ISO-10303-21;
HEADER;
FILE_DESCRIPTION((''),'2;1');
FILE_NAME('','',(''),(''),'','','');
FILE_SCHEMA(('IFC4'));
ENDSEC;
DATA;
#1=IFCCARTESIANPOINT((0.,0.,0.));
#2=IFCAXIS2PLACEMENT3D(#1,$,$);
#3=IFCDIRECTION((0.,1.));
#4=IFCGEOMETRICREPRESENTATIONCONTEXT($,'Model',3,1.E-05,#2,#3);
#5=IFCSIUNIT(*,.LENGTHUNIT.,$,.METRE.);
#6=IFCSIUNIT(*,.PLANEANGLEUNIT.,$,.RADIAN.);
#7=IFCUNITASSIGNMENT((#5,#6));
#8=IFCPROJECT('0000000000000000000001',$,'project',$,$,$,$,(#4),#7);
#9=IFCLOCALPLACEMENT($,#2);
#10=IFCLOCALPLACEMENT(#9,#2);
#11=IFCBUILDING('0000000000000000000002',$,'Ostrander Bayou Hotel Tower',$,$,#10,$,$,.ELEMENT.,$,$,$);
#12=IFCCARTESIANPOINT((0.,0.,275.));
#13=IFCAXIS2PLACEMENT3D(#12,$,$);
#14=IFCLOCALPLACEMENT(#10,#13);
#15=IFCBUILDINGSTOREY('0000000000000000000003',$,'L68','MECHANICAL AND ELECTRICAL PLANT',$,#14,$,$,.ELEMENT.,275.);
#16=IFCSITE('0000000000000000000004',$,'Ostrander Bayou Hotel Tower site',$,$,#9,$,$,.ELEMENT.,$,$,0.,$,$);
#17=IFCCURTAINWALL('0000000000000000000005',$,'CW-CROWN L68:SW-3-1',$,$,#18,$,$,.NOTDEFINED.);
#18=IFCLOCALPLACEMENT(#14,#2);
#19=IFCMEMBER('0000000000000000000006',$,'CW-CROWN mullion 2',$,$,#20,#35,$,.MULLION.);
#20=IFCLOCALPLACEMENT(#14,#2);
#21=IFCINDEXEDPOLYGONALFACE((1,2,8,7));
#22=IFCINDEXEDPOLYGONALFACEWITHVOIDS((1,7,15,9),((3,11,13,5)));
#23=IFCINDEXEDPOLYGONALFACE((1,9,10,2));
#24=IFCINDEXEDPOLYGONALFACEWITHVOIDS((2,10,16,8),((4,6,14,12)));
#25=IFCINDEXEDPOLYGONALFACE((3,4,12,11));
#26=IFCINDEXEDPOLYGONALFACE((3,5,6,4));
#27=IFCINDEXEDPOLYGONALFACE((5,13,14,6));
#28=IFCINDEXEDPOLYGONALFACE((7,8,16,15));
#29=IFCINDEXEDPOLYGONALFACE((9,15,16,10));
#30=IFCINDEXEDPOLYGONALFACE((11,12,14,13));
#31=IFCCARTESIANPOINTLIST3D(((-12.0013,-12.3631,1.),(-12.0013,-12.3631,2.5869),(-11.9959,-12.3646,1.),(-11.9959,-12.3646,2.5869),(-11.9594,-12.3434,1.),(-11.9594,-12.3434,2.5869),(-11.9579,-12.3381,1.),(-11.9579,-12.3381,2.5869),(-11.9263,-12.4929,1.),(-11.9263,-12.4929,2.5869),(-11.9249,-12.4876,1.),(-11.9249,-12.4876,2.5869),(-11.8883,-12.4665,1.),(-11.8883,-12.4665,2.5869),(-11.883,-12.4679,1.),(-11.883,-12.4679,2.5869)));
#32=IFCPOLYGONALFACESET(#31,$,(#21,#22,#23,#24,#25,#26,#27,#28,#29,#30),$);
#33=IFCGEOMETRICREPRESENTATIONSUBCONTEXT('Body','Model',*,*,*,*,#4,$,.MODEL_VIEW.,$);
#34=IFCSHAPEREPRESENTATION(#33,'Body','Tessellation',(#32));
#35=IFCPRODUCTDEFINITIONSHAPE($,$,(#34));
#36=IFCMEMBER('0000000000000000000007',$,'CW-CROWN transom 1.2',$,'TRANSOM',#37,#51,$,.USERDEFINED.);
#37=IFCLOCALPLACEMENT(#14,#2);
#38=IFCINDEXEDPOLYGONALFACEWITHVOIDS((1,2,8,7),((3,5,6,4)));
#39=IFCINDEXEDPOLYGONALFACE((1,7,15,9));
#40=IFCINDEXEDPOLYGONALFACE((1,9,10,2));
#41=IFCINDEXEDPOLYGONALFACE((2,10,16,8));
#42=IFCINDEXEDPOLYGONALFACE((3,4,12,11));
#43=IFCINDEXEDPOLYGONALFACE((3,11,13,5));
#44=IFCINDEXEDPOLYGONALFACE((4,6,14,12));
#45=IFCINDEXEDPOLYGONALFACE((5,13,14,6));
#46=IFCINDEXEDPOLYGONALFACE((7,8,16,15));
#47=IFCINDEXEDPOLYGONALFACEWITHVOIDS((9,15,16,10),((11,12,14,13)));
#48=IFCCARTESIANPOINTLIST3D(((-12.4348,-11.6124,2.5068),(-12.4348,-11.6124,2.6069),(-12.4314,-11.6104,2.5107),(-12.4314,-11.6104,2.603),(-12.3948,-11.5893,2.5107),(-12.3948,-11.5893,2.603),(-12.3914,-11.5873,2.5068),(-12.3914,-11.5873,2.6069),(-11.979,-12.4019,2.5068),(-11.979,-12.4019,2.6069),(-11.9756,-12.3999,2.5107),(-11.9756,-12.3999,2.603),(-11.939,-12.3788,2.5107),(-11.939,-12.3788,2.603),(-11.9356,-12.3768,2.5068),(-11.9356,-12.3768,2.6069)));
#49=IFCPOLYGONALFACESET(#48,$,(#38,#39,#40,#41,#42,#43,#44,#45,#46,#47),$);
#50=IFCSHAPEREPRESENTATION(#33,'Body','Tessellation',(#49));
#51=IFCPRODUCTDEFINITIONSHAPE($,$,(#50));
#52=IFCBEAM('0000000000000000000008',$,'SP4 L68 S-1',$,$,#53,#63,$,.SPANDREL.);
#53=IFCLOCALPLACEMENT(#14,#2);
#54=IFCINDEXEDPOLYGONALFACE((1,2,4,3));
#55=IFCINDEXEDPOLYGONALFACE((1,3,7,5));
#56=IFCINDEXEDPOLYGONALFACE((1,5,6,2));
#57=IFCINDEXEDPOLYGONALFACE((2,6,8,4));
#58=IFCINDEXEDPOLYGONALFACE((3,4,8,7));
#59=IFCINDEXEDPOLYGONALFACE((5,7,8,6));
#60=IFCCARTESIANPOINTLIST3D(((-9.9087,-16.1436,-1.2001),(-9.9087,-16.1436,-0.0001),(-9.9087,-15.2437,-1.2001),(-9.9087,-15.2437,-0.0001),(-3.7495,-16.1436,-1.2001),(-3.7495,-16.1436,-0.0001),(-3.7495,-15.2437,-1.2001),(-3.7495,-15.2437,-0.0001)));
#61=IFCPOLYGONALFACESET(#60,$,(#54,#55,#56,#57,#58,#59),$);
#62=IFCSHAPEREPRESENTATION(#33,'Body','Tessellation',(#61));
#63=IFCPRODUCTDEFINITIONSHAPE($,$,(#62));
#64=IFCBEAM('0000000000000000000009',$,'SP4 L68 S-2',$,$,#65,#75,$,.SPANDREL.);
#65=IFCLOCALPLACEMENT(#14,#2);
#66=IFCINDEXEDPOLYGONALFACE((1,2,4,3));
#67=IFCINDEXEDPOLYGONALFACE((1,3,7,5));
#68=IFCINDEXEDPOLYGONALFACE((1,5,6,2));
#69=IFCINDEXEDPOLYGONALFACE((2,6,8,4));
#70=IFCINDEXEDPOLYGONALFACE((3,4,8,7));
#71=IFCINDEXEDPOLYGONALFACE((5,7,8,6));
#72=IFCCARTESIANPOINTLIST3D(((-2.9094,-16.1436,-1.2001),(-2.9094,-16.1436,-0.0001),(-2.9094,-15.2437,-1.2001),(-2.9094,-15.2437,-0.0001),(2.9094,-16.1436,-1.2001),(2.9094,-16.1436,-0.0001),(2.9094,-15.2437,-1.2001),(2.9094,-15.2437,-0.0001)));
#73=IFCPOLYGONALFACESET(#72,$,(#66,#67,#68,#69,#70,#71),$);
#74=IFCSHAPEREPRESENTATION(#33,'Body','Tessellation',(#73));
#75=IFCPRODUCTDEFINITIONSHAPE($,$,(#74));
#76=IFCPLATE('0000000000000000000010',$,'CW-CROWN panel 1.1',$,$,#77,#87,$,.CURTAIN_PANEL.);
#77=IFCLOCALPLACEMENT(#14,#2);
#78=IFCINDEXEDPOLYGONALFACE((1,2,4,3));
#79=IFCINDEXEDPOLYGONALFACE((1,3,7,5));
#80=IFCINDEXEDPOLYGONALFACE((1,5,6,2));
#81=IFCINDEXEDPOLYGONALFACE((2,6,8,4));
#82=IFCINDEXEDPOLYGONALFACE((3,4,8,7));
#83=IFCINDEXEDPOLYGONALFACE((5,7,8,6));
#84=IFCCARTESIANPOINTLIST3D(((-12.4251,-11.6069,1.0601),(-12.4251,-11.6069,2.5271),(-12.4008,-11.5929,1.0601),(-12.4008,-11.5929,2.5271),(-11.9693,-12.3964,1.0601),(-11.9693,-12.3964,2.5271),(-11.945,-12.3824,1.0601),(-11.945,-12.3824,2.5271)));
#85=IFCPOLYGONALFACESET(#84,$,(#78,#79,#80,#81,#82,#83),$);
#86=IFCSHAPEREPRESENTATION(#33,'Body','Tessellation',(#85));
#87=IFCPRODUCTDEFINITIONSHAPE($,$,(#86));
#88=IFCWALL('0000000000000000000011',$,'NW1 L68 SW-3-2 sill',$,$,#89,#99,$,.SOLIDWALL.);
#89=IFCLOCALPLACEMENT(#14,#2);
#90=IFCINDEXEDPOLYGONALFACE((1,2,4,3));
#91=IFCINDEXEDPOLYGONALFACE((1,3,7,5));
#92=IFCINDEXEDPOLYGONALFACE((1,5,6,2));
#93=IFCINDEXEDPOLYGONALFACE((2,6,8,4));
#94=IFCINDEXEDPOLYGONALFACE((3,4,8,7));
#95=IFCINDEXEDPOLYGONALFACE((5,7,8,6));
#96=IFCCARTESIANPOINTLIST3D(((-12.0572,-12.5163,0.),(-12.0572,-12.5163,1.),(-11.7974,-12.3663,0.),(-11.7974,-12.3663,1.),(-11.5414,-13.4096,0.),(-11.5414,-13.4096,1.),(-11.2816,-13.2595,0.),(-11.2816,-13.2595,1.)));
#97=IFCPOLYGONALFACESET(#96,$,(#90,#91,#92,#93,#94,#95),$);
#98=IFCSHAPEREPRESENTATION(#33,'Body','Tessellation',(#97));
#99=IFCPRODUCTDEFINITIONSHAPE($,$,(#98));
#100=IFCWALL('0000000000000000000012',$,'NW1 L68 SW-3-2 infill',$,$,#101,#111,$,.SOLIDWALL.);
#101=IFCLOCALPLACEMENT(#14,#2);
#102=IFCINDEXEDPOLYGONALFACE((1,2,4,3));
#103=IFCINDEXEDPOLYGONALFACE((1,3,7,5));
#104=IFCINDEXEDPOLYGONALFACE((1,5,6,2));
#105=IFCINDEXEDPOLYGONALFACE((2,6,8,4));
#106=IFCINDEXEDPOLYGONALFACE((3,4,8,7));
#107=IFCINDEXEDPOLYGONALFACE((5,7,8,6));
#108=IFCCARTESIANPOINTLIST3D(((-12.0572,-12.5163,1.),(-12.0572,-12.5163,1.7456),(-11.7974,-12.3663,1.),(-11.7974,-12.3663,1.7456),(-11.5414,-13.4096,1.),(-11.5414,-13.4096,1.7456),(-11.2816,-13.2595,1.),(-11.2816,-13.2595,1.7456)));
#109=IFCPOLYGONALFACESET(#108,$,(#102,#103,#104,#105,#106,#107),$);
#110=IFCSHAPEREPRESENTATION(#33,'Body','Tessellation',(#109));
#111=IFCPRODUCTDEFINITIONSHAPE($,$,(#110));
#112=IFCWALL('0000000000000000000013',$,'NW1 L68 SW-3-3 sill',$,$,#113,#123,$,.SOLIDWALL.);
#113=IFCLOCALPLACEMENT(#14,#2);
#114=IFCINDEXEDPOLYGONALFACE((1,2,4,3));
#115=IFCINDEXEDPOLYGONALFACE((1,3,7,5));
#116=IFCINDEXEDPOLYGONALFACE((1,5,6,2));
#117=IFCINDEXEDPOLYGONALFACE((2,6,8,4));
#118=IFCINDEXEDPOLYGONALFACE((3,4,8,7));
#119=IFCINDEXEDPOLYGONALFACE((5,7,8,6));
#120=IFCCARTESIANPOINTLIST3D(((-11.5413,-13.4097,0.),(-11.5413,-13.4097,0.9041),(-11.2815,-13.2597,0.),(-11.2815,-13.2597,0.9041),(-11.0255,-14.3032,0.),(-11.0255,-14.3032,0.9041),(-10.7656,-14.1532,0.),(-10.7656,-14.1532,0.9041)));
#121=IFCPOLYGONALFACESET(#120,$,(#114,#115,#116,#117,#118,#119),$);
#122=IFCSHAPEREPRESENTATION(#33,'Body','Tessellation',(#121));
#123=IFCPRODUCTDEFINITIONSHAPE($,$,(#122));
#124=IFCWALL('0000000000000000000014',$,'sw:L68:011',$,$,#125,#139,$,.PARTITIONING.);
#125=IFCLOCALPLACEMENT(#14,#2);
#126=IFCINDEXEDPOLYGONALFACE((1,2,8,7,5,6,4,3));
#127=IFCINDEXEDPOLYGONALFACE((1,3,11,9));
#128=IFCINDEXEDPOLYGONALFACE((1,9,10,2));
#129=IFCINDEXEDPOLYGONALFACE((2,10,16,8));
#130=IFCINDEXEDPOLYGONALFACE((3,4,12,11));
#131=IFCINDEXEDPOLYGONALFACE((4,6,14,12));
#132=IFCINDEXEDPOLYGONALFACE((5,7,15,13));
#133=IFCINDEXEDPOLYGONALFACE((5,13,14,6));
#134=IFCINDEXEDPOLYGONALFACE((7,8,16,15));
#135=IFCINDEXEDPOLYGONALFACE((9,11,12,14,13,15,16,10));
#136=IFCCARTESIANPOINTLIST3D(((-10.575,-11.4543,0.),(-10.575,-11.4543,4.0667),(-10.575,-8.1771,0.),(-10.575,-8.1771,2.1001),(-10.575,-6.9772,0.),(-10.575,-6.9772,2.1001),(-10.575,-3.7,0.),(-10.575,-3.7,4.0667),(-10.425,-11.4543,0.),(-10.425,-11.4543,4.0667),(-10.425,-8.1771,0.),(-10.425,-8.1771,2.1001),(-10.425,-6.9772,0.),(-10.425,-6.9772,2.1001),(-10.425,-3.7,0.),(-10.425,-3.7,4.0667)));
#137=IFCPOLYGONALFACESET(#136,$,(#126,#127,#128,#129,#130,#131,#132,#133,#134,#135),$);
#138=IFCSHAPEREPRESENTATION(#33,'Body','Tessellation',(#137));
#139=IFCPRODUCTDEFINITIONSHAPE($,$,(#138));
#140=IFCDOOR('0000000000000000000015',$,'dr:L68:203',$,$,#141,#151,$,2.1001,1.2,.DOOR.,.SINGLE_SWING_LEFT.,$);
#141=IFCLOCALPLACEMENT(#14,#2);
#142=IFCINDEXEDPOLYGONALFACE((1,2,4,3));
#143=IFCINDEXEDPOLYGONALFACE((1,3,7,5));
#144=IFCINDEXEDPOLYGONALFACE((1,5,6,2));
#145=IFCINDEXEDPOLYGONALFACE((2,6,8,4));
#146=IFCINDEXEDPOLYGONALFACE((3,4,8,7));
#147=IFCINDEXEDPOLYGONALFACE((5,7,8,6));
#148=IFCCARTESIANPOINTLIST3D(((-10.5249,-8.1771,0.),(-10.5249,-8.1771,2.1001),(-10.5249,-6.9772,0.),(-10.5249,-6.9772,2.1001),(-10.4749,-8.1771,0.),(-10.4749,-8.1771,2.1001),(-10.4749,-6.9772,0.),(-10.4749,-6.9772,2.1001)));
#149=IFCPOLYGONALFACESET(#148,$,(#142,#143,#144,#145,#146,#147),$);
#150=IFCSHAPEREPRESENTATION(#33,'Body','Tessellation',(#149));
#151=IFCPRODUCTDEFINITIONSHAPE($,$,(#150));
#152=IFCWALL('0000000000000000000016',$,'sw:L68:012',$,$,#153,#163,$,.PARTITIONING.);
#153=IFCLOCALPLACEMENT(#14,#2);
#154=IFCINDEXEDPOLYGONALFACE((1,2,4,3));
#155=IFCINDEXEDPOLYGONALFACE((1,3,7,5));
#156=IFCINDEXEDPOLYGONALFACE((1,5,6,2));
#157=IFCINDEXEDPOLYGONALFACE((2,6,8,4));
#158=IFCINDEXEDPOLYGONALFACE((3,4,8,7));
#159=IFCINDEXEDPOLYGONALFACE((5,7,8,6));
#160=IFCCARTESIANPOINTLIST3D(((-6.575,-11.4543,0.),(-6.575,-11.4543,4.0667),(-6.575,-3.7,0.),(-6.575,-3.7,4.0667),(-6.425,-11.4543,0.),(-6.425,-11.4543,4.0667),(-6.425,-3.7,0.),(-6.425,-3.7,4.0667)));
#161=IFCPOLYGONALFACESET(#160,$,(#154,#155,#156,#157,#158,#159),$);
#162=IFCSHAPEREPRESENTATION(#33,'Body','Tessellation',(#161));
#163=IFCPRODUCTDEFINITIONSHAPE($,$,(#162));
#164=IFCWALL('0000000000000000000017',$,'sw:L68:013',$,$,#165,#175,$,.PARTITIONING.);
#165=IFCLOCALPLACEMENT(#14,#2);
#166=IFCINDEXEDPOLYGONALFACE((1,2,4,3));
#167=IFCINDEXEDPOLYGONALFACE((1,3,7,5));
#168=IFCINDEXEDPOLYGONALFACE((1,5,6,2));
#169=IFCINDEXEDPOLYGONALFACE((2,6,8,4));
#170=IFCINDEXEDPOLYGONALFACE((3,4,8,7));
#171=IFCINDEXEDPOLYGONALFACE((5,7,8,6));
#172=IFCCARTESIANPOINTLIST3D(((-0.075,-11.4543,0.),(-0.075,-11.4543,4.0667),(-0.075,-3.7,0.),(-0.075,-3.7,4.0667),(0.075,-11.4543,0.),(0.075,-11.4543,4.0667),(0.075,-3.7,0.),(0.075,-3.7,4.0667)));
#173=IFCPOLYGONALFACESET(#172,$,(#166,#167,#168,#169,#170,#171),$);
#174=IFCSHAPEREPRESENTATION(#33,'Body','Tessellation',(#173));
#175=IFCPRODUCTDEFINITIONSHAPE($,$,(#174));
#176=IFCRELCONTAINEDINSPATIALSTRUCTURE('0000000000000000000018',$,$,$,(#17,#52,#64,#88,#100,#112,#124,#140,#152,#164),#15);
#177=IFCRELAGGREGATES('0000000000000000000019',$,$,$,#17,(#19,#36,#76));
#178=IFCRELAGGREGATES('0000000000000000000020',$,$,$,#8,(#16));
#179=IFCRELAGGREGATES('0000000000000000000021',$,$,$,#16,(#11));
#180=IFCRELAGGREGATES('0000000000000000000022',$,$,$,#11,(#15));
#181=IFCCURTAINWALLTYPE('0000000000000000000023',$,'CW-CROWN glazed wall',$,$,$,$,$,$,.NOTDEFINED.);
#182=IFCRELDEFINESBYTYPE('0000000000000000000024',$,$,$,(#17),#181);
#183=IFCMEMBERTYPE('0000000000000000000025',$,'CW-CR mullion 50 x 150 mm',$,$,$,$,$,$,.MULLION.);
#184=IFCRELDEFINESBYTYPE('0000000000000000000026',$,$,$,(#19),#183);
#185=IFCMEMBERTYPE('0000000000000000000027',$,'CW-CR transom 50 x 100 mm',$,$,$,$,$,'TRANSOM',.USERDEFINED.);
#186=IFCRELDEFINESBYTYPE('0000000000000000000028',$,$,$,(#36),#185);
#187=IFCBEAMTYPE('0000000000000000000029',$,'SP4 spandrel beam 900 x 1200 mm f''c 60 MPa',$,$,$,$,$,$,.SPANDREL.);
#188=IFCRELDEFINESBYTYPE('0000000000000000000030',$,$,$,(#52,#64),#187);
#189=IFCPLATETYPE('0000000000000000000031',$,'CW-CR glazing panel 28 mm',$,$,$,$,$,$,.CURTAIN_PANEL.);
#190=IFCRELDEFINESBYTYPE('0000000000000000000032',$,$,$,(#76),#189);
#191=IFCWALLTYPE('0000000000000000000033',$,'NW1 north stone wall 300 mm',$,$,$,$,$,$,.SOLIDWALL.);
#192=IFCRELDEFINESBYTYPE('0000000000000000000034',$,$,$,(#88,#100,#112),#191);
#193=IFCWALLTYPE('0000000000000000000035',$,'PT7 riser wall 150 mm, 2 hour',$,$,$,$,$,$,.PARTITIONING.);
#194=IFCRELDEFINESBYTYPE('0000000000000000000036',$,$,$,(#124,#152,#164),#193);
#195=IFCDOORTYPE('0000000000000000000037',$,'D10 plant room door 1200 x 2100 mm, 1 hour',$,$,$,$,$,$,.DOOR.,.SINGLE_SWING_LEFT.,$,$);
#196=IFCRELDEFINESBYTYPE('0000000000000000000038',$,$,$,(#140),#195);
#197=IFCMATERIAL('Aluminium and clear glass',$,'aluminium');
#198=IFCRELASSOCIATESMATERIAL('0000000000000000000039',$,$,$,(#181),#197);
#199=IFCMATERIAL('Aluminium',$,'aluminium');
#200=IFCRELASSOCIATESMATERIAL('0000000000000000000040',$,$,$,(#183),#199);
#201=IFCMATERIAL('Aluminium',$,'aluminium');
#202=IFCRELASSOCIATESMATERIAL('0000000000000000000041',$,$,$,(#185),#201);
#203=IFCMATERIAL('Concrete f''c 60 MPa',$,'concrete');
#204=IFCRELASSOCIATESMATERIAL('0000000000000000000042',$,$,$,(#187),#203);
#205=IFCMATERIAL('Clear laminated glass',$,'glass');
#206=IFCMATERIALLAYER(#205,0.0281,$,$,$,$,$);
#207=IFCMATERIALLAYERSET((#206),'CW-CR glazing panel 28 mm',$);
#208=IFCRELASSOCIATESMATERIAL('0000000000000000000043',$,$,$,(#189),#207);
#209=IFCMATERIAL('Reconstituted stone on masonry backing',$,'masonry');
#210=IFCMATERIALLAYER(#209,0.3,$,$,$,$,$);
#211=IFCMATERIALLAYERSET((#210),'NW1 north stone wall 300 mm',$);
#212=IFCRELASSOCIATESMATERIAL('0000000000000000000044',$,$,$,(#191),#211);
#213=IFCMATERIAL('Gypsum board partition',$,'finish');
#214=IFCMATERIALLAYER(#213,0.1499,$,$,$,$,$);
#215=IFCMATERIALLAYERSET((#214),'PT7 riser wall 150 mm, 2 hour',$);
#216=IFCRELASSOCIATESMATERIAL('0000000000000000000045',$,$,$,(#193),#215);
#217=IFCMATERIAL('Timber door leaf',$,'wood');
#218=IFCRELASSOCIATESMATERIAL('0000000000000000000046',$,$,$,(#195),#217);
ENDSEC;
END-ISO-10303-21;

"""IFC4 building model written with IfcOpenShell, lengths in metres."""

from ifc_helpers import new_model, si_unit, direction, frame, frame_2d, origin, origin_2d, place, context, subcontext, project, spatial, rectangle, hollow_rectangle, extrude, material, layer, layer_set, material_profile, profile_set, type_object, element, fill, aggregate, save


model = new_model("IFC4")

# Units and contexts
model_context = context("Model", 3, precision=1e-05, world=origin(), true_north=direction((0.0, 1.0)))
body_context = subcontext(model_context, "Body", "Model", "MODEL_VIEW")
ifc_project = project(units=[si_unit("LENGTHUNIT", "METRE"), si_unit("PLANEANGLEUNIT", "RADIAN")], contexts=[model_context])

# Site, building, storey
site_placement = place(None, origin())
site = spatial("IfcSite", under=ifc_project, at=site_placement, Name="Ostrander Bayou Hotel Tower site", CompositionType="ELEMENT", RefElevation=0.0)
building_placement = place(site_placement, origin())
building = spatial("IfcBuilding", under=site, at=building_placement, Name="Ostrander Bayou Hotel Tower", CompositionType="ELEMENT")
storey_placement = place(building_placement, frame((0.0, 0.0, 275.0)))
storey = spatial("IfcBuildingStorey", under=building, at=storey_placement, Name="L68", Description="MECHANICAL AND ELECTRICAL PLANT", CompositionType="ELEMENT", Elevation=275.0)

# Curtain wall, members
ifc_material_1 = material(Name="Aluminium and clear glass", Category="aluminium")
curtain_wall_type = type_object("IfcCurtainWallType", Name="CW-CROWN glazed wall", PredefinedType="NOTDEFINED", material=ifc_material_1)
curtain_wall_placement = place(storey_placement, origin())
curtain_wall = element("IfcCurtainWall", 1, at=curtain_wall_placement, inside=storey, type_object=curtain_wall_type, Name="CW-CROWN L68:SW-3-1", PredefinedType="NOTDEFINED")
ifc_material_2 = material(Name="Aluminium", Category="aluminium")
ifc_material_profile_1 = material_profile(ifc_material_2, hollow_rectangle(XDim=0.05, YDim=0.1499, WallThickness=0.0039, at=origin_2d()))
ifc_profile_set_1 = profile_set([ifc_material_profile_1], Name="Aluminium")
member_type_1 = type_object("IfcMemberType", Name="CW-CR mullion 50 x 150 mm", PredefinedType="MULLION", material=ifc_profile_set_1)
member_1_placement = place(storey_placement, frame((-11.9421, -12.4155, 1.0), z_axis=(0.0, 0.0, 1.0), x_axis=(0.866027, 0.499997, 0.0)))
member_1 = element("IfcMember", 2, at=member_1_placement, type_object=member_type_1, Name="CW-CROWN mullion 2", PredefinedType="MULLION", context=body_context, shape_type="SweptSolid", body=[
    extrude(hollow_rectangle(XDim=0.05, YDim=0.1499, WallThickness=0.0039, at=origin_2d()), origin(), (0.0, 0.0, 1.0), 1.5869),
])
ifc_material_3 = material(Name="Aluminium", Category="aluminium")
ifc_material_profile_2 = material_profile(ifc_material_3, hollow_rectangle(XDim=0.05, YDim=0.1001, WallThickness=0.0039, at=origin_2d()))
ifc_profile_set_2 = profile_set([ifc_material_profile_2], Name="Aluminium")
member_type_2 = type_object("IfcMemberType", Name="CW-CR transom 50 x 100 mm", ElementType="TRANSOM", PredefinedType="USERDEFINED", material=ifc_profile_set_2)
member_2_placement = place(storey_placement, frame((-12.4131, -11.5999, 2.5569), z_axis=(0.49997, -0.866043, 0.0), x_axis=(0.866043, 0.49997, 0.0)))
member_2 = element("IfcMember", 3, at=member_2_placement, type_object=member_type_2, Name="CW-CROWN transom 1.2", ObjectType="TRANSOM", PredefinedType="USERDEFINED", context=body_context, shape_type="SweptSolid", body=[
    extrude(hollow_rectangle(XDim=0.05, YDim=0.1001, WallThickness=0.0039, at=origin_2d()), origin(), (0.0, 0.0, 1.0), 0.9116),
])

# Beams
ifc_material_4 = material(Name="Concrete f'c 60 MPa", Category="concrete")
ifc_material_profile_3 = material_profile(ifc_material_4, rectangle(XDim=0.8999, YDim=1.2, at=origin_2d()))
ifc_profile_set_3 = profile_set([ifc_material_profile_3], Name="Concrete f'c 60 MPa")
beam_type = type_object("IfcBeamType", Name="SP4 spandrel beam 900 x 1200 mm f'c 60 MPa", PredefinedType="SPANDREL", material=ifc_profile_set_3)
beam_1_placement = place(storey_placement, frame((-9.9087, -15.6936, -0.6001), z_axis=(1.0, 0.0, 0.0), x_axis=(0.0, 1.0, 0.0)))
element("IfcBeam", 4, at=beam_1_placement, inside=storey, type_object=beam_type, Name="SP4 L68 S-1", PredefinedType="SPANDREL", context=body_context, shape_type="SweptSolid", body=[
    extrude(rectangle(XDim=0.8999, YDim=1.2, at=origin_2d()), origin(), (0.0, 0.0, 1.0), 6.1592),
])
beam_2_placement = place(storey_placement, frame((-2.9094, -15.6936, -0.6001), z_axis=(1.0, 0.0, 0.0), x_axis=(0.0, 1.0, 0.0)))
element("IfcBeam", 5, at=beam_2_placement, inside=storey, type_object=beam_type, Name="SP4 L68 S-2", PredefinedType="SPANDREL", context=body_context, shape_type="SweptSolid", body=[
    extrude(rectangle(XDim=0.8999, YDim=1.2, at=origin_2d()), origin(), (0.0, 0.0, 1.0), 5.8188),
])

# Plate
ifc_material_5 = material(Name="Clear laminated glass", Category="glass")
ifc_layer_1 = layer(ifc_material_5, 0.0281)
ifc_layer_set_1 = layer_set([ifc_layer_1], Name="CW-CR glazing panel 28 mm")
plate_type = type_object("IfcPlateType", Name="CW-CR glazing panel 28 mm", PredefinedType="CURTAIN_PANEL", material=ifc_layer_set_1)
plate_placement = place(storey_placement, frame((-12.1851, -11.9946, 1.0601), z_axis=(0.0, 0.0, 1.0), x_axis=(0.499997, -0.866027, 0.0)))
plate = element("IfcPlate", 6, at=plate_placement, type_object=plate_type, Name="CW-CROWN panel 1.1", PredefinedType="CURTAIN_PANEL", context=body_context, shape_type="SweptSolid", body=[
    extrude(rectangle(XDim=0.9116, YDim=0.0281, at=origin_2d()), origin(), (0.0, 0.0, 1.0), 1.467),
])
aggregate(curtain_wall, [member_1, member_2, plate])

# Walls
ifc_material_6 = material(Name="Reconstituted stone on masonry backing", Category="masonry")
ifc_layer_2 = layer(ifc_material_6, 0.3)
ifc_layer_set_2 = layer_set([ifc_layer_2], Name="NW1 north stone wall 300 mm")
wall_type_1 = type_object("IfcWallType", Name="NW1 north stone wall 300 mm", PredefinedType="SOLIDWALL", material=ifc_layer_set_2)
wall_1_placement = place(storey_placement, frame((-11.9272, -12.4414, 0.0), z_axis=(0.0, 0.0, 1.0), x_axis=(0.500084, -0.865977, 0.0)))
element("IfcWall", 7, at=wall_1_placement, inside=storey, type_object=wall_type_1, Name="NW1 L68 SW-3-2 sill", PredefinedType="SOLIDWALL", context=body_context, shape_type="SweptSolid", body=[
    extrude(rectangle(XDim=1.0315, YDim=0.3, at=frame_2d((0.5156, 0.0))), origin(), (0.0, 0.0, 1.0), 1.0),
])
wall_2_placement = place(storey_placement, frame((-11.9272, -12.4414, 1.0), z_axis=(0.0, 0.0, 1.0), x_axis=(0.500084, -0.865977, 0.0)))
element("IfcWall", 8, at=wall_2_placement, inside=storey, type_object=wall_type_1, Name="NW1 L68 SW-3-2 infill", PredefinedType="SOLIDWALL", context=body_context, shape_type="SweptSolid", body=[
    extrude(rectangle(XDim=1.0315, YDim=0.3, at=frame_2d((0.5156, 0.0))), origin(), (0.0, 0.0, 1.0), 0.7456),
])
wall_3_placement = place(storey_placement, frame((-11.4114, -13.3347, 0.0), z_axis=(0.0, 0.0, 1.0), x_axis=(0.499982, -0.866036, 0.0)))
element("IfcWall", 9, at=wall_3_placement, inside=storey, type_object=wall_type_1, Name="NW1 L68 SW-3-3 sill", PredefinedType="SOLIDWALL", context=body_context, shape_type="SweptSolid", body=[
    extrude(rectangle(XDim=1.0317, YDim=0.3, at=frame_2d((0.5159, 0.0))), origin(), (0.0, 0.0, 1.0), 0.9041),
])

# Wall, opening, door
ifc_material_7 = material(Name="Gypsum board partition", Category="finish")
ifc_layer_3 = layer(ifc_material_7, 0.1499)
ifc_layer_set_3 = layer_set([ifc_layer_3], Name="PT7 riser wall 150 mm, 2 hour")
wall_type_2 = type_object("IfcWallType", Name="PT7 riser wall 150 mm, 2 hour", PredefinedType="PARTITIONING", material=ifc_layer_set_3)
wall_4_placement = place(storey_placement, frame((-10.5, -11.4543, 0.0), z_axis=(0.0, 0.0, 1.0), x_axis=(0.0, 1.0, 0.0)))
wall_4 = element("IfcWall", 10, at=wall_4_placement, inside=storey, type_object=wall_type_2, Name="sw:L68:011", PredefinedType="PARTITIONING", context=body_context, shape_type="SweptSolid", body=[
    extrude(rectangle(XDim=7.7544, YDim=0.1499, at=frame_2d((3.8772, 0.0))), origin(), (0.0, 0.0, 1.0), 4.0667),
])
opening_placement = place(wall_4_placement, frame((3.2771, 0.0, 0.0)))
opening = element("IfcOpeningElement", 11, at=opening_placement, cuts=wall_4, PredefinedType="OPENING", context=body_context, shape_type="SweptSolid", body=[
    extrude(rectangle(XDim=1.2, YDim=2.1001, at=frame_2d((0.6001, 1.05))), frame((0.0, 0.075, 0.0), z_axis=(0.0, -1.0, 0.0), x_axis=(1.0, 0.0, 0.0)), (0.0, 0.0, 1.0), 0.1499),
])
ifc_material_8 = material(Name="Timber door leaf", Category="wood")
door_type = type_object("IfcDoorType", Name="D10 plant room door 1200 x 2100 mm, 1 hour", OperationType="SINGLE_SWING_LEFT", PredefinedType="DOOR", material=ifc_material_8)
door_placement = place(opening_placement, origin())
door = element("IfcDoor", 12, at=door_placement, inside=storey, type_object=door_type, Name="dr:L68:203", OperationType="SINGLE_SWING_LEFT", OverallHeight=2.1001, OverallWidth=1.2, PredefinedType="DOOR", context=body_context, shape_type="SweptSolid", body=[
    extrude(rectangle(XDim=1.2, YDim=2.1001, at=frame_2d((0.6001, 1.05))), frame((0.0, 0.0249, 0.0), z_axis=(0.0, -1.0, 0.0), x_axis=(1.0, 0.0, 0.0)), (0.0, 0.0, 1.0), 0.05),
])
fill(opening, door)

# Walls
for number, where, z_axis, x_axis, name in (
    (13, (-6.5, -11.4543, 0.0), (0.0, 0.0, 1.0), (0.0, 1.0, 0.0), "sw:L68:012"),
    (14, (0.0, -11.4543, 0.0), (0.0, 0.0, 1.0), (0.0, 1.0, 0.0), "sw:L68:013"),
):
    element("IfcWall", number, at=place(storey_placement, frame(where, z_axis=z_axis, x_axis=x_axis)), inside=storey, type_object=wall_type_2, Name=name, PredefinedType="PARTITIONING", context=body_context, shape_type="SweptSolid", body=[
        extrude(rectangle(XDim=7.7544, YDim=0.1499, at=frame_2d((3.8772, 0.0))), origin(), (0.0, 0.0, 1.0), 4.0667),
    ])

save(model, "model.ifc")
